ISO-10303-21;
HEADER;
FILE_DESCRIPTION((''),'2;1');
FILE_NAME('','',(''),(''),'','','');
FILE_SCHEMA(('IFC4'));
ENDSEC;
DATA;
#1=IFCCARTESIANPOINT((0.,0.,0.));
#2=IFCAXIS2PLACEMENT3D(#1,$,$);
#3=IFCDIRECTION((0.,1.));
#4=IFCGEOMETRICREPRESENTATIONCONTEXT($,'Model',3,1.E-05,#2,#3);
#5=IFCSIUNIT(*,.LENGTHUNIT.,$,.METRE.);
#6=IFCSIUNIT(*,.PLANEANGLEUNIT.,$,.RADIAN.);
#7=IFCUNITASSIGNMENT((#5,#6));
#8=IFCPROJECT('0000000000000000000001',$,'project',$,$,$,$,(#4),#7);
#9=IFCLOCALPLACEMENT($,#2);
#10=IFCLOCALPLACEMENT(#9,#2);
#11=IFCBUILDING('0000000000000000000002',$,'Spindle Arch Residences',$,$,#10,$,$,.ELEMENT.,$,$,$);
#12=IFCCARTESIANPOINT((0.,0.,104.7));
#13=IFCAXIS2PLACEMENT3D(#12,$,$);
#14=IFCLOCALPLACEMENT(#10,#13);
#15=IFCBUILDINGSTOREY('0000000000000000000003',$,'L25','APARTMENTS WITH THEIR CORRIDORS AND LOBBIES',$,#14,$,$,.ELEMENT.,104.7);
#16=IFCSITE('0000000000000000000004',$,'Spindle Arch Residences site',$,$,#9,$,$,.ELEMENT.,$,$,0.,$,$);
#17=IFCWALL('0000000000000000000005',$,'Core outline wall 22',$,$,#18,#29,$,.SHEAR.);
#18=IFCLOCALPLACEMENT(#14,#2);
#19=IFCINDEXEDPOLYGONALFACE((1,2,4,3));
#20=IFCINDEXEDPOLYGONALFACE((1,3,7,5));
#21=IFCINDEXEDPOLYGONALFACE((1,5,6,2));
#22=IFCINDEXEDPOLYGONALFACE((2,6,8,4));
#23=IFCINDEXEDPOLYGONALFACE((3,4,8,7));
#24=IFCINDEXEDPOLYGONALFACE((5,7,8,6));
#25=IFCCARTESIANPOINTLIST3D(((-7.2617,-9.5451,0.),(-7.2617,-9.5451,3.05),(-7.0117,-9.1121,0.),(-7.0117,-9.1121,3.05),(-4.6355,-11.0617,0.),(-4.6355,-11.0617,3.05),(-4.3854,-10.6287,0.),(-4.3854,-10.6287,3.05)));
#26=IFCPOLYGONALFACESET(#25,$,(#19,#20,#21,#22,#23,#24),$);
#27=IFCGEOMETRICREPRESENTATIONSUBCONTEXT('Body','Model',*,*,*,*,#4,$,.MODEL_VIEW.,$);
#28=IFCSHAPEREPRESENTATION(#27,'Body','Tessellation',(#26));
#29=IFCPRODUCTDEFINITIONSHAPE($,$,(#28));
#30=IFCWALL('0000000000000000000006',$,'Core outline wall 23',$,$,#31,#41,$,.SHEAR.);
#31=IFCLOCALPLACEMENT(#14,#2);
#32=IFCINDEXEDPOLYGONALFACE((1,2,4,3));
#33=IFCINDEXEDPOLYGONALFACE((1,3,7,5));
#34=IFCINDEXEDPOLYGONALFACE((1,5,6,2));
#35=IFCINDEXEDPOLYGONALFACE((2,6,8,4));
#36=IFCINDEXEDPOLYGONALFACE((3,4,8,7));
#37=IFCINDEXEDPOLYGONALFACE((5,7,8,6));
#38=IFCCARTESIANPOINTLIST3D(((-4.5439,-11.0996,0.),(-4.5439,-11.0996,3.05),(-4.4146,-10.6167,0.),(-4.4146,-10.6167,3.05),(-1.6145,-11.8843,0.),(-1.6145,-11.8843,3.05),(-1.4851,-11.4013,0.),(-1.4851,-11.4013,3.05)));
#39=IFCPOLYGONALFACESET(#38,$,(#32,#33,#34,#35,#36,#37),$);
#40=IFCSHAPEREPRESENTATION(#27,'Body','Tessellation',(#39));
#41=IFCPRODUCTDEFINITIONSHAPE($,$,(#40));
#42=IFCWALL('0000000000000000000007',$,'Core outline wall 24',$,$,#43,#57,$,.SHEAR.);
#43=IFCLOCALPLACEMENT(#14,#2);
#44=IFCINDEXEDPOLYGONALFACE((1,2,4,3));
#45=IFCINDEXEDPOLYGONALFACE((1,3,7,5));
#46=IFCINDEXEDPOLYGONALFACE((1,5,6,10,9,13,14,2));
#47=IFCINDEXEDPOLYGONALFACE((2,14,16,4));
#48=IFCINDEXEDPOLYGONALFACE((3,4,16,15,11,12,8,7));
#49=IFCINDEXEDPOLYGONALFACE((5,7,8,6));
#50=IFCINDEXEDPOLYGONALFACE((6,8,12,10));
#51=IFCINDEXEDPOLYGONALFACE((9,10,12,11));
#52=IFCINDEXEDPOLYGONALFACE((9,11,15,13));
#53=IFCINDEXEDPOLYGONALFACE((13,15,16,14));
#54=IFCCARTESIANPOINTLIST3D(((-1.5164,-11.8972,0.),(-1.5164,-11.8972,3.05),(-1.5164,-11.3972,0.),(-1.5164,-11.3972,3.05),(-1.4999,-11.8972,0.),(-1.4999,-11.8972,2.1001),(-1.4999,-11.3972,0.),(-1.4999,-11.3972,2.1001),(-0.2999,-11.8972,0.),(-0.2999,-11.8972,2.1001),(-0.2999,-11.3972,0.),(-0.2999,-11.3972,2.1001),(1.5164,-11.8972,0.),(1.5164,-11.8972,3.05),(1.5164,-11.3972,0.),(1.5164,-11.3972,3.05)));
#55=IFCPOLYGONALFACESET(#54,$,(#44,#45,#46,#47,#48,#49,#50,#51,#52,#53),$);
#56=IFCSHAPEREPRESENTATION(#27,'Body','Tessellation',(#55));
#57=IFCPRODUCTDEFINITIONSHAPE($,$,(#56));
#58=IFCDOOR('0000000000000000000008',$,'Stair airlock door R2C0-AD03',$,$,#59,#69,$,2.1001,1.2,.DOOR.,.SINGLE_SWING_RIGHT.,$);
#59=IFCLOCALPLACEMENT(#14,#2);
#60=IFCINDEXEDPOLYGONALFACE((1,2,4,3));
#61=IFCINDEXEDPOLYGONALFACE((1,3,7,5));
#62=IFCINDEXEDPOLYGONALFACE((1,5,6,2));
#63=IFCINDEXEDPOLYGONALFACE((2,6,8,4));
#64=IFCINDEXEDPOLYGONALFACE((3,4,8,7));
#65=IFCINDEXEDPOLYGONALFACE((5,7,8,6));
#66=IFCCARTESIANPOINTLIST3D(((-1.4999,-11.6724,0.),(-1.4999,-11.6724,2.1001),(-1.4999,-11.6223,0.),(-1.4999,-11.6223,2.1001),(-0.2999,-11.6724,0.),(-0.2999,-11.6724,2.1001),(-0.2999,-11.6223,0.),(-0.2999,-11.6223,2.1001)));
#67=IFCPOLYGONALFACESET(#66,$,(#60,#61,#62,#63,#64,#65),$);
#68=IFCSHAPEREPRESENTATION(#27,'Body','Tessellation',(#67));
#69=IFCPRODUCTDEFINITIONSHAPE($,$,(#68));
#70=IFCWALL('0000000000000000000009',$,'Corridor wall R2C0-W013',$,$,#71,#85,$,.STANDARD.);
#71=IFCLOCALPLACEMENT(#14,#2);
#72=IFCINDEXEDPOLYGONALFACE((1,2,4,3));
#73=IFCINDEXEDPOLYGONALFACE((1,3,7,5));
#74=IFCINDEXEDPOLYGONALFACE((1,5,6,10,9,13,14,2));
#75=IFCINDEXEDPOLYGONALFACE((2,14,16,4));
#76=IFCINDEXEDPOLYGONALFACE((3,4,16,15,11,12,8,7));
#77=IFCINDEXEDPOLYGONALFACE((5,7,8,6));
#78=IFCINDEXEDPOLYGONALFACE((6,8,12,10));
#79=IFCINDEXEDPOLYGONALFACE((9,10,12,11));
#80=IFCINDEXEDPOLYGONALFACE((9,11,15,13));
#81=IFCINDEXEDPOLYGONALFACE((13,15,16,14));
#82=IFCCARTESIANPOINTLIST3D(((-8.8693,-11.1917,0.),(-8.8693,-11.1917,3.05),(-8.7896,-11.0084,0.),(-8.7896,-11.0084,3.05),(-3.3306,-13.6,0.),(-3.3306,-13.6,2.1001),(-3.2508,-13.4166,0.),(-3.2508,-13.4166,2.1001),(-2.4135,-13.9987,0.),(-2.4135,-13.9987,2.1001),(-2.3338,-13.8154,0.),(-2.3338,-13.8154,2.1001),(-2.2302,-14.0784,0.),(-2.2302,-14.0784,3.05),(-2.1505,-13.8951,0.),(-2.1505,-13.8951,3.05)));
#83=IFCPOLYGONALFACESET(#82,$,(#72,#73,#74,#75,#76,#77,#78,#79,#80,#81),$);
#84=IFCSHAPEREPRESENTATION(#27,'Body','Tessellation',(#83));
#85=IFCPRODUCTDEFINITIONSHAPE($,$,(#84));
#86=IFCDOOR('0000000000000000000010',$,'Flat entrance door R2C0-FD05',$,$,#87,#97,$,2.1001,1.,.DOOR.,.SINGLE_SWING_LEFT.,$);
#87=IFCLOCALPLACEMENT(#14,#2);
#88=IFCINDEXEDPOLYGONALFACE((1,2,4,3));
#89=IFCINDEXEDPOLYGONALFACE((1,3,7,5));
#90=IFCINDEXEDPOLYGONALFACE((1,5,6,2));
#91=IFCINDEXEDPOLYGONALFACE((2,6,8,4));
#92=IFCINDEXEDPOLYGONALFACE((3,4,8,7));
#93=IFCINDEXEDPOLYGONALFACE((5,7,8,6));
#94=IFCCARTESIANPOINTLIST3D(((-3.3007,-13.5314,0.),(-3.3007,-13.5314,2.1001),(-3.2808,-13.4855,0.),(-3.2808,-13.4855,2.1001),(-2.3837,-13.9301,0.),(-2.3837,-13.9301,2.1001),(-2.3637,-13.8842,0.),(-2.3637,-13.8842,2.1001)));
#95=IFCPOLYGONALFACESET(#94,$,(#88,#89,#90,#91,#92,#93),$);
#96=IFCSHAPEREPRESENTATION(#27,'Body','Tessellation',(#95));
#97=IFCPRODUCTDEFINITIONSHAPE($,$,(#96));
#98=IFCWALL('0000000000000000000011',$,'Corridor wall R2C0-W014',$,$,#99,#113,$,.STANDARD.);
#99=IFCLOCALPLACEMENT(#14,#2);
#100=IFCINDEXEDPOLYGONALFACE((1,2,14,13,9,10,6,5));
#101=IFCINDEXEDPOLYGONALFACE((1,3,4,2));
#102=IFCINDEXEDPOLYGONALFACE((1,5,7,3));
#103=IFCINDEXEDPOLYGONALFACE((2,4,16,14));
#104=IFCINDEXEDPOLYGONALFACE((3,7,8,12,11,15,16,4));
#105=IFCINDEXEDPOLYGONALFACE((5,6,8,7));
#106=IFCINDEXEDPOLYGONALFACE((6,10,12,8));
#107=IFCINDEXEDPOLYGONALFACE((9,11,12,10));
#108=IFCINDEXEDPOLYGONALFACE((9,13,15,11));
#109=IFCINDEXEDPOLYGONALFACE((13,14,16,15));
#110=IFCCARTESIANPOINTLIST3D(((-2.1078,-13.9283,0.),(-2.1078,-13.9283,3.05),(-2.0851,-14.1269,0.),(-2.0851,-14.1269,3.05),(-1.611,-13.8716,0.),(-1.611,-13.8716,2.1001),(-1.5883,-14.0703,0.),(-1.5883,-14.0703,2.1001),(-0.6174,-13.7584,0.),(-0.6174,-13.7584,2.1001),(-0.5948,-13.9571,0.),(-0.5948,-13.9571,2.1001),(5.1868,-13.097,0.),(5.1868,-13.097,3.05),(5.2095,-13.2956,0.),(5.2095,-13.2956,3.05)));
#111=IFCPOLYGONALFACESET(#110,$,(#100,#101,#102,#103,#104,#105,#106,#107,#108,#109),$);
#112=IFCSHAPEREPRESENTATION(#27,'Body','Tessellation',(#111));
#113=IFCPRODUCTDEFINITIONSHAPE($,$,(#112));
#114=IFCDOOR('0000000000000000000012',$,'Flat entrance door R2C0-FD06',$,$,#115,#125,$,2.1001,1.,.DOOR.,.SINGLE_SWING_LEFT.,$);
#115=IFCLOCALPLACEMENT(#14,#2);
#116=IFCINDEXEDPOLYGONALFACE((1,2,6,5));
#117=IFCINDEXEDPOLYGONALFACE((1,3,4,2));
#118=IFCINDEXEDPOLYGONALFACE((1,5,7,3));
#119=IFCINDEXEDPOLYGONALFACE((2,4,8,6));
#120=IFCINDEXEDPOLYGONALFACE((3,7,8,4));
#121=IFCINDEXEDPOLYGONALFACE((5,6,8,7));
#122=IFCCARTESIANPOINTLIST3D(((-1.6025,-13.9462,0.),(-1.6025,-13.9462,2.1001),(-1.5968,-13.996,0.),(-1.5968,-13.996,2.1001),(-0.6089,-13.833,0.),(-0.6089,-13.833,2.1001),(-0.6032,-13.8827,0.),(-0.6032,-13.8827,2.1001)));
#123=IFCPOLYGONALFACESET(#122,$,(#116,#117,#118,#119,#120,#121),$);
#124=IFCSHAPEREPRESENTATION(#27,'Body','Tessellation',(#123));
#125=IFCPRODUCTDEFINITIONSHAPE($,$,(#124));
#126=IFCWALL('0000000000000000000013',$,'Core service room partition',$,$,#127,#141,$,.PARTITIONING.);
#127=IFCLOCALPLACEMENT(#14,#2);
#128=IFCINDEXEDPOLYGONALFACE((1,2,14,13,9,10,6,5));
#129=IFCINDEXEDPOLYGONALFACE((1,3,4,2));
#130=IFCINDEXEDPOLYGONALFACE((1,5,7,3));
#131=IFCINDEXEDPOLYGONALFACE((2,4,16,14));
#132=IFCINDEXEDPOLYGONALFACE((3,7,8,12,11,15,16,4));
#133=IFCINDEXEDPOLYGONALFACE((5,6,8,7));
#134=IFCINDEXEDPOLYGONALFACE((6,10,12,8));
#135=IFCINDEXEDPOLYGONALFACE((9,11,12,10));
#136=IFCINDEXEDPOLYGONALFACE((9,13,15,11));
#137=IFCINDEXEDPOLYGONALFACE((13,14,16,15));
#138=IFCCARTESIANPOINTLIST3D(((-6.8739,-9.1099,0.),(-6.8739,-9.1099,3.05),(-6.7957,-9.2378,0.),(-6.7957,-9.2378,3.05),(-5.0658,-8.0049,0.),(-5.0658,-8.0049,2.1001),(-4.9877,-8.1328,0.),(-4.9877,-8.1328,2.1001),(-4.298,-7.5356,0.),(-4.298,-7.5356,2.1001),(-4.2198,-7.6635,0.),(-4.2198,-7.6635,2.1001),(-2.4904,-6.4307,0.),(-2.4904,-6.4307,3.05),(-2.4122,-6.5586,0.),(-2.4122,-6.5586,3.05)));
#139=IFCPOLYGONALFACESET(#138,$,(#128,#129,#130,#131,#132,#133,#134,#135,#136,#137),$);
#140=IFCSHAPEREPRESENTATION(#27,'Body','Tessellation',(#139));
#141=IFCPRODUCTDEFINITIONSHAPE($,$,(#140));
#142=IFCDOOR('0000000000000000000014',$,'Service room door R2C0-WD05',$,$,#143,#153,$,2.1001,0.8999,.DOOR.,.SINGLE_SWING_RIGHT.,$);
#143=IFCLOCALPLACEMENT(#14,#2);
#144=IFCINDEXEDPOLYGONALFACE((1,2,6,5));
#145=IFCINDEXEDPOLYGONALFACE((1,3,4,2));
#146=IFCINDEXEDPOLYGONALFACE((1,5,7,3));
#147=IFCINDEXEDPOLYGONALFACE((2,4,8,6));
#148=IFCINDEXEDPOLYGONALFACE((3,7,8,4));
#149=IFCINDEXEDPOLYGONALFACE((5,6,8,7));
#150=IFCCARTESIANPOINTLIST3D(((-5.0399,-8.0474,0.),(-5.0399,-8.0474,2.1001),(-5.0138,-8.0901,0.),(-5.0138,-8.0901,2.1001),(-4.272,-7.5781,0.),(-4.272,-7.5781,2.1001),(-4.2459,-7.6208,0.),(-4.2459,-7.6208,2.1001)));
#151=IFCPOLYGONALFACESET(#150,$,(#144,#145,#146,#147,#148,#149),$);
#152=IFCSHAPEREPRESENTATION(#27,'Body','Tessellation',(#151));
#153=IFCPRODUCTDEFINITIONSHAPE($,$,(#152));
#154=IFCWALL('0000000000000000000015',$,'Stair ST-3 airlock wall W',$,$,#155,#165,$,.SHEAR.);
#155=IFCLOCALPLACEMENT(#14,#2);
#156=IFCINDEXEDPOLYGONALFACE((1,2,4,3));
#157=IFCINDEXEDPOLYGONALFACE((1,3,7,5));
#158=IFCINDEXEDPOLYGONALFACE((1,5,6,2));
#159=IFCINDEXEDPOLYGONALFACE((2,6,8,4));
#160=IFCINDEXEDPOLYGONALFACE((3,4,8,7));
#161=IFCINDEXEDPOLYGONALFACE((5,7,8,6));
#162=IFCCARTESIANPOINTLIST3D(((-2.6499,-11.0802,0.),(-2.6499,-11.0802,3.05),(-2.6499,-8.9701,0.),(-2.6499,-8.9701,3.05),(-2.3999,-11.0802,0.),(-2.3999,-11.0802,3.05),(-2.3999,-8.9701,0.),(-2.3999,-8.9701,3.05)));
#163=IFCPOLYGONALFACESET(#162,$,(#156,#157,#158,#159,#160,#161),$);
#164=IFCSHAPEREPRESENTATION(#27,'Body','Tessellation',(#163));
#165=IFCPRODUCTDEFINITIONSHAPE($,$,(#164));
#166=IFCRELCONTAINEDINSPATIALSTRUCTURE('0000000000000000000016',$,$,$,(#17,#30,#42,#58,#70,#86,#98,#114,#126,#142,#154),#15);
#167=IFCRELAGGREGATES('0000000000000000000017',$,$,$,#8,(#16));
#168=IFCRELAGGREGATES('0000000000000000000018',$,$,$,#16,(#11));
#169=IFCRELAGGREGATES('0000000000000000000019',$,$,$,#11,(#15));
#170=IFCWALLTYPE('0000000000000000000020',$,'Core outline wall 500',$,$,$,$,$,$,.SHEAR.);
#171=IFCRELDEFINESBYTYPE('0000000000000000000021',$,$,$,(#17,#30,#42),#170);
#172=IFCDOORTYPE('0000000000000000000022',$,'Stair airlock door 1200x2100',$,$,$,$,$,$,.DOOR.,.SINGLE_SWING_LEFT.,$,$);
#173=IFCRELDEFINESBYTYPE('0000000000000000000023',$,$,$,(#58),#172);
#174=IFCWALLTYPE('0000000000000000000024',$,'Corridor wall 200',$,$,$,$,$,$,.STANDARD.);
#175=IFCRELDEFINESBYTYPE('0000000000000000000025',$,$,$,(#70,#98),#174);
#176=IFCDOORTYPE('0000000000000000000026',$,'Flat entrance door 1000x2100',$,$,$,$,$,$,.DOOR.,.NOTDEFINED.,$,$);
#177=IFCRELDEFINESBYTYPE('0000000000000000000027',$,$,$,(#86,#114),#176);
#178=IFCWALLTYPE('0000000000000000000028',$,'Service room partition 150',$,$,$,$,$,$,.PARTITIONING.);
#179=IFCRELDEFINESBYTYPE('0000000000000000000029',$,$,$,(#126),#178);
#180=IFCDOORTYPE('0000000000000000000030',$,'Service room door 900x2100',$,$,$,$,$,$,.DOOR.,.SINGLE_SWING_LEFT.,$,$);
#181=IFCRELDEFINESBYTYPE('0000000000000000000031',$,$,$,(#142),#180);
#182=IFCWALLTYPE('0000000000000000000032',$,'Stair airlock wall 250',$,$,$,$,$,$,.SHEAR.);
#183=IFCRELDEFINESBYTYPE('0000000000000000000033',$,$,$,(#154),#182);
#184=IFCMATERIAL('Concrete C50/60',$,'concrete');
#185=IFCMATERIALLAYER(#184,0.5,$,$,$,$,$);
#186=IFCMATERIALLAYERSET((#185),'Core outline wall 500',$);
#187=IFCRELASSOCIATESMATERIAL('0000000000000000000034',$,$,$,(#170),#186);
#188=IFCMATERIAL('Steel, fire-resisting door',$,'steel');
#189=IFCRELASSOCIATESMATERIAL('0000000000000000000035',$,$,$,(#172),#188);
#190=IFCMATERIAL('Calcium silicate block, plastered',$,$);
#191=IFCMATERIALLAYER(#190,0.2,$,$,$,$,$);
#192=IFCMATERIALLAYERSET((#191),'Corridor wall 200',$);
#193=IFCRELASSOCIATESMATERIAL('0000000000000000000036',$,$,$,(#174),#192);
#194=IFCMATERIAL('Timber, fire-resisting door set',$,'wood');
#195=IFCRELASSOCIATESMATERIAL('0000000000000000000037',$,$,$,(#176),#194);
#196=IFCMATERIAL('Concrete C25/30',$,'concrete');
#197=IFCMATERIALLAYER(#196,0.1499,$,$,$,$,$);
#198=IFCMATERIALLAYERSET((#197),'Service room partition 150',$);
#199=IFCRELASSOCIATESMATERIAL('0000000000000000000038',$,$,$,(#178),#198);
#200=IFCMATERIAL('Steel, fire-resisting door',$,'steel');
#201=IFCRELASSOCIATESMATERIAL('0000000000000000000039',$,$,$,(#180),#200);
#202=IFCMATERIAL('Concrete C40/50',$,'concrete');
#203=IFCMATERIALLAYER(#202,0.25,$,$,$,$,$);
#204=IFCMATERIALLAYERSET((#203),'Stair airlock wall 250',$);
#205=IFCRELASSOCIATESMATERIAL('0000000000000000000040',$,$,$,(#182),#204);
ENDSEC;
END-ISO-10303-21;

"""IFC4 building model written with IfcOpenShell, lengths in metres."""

from ifc_helpers import new_model, si_unit, direction, frame, frame_2d, origin, place, context, subcontext, project, spatial, rectangle, extrude, material, layer, layer_set, type_object, element, fill, save


model = new_model("IFC4")

# Units and contexts
model_context = context("Model", 3, precision=1e-05, world=origin(), true_north=direction((0.0, 1.0)))
body_context = subcontext(model_context, "Body", "Model", "MODEL_VIEW")
ifc_project = project(units=[si_unit("LENGTHUNIT", "METRE"), si_unit("PLANEANGLEUNIT", "RADIAN")], contexts=[model_context])

# Site, building, storey
site_placement = place(None, origin())
site = spatial("IfcSite", under=ifc_project, at=site_placement, Name="Spindle Arch Residences site", CompositionType="ELEMENT", RefElevation=0.0)
building_placement = place(site_placement, origin())
building = spatial("IfcBuilding", under=site, at=building_placement, Name="Spindle Arch Residences", CompositionType="ELEMENT")
storey_placement = place(building_placement, frame((0.0, 0.0, 104.7)))
storey = spatial("IfcBuildingStorey", under=building, at=storey_placement, Name="L25", Description="APARTMENTS WITH THEIR CORRIDORS AND LOBBIES", CompositionType="ELEMENT", Elevation=104.7)

# Walls
ifc_material_1 = material(Name="Concrete C50/60", Category="concrete")
ifc_layer_1 = layer(ifc_material_1, 0.5)
ifc_layer_set_1 = layer_set([ifc_layer_1], Name="Core outline wall 500")
wall_type_1 = type_object("IfcWallType", Name="Core outline wall 500", PredefinedType="SHEAR", material=ifc_layer_set_1)
for number, where, z_axis, x_axis, name in (
    (1, (-7.1367, -9.3286, 0.0), (0.0, 0.0, 1.0), (0.865975, -0.500087, 0.0), "Core outline wall 22"),
    (2, (-4.4792, -10.8582, 0.0), (0.0, 0.0, 1.0), (0.965948, -0.258735, 0.0), "Core outline wall 23"),
):
    element("IfcWall", number, at=place(storey_placement, frame(where, z_axis=z_axis, x_axis=x_axis)), inside=storey, type_object=wall_type_1, Name=name, PredefinedType="SHEAR", context=body_context, shape_type="SweptSolid", body=[
        extrude(rectangle(XDim=3.0327, YDim=0.5, at=frame_2d((1.5164, 0.0))), origin(), (0.0, 0.0, 1.0), 3.05),
    ])

# Walls, openings, doors
wall_1_placement = place(storey_placement, frame((-1.5164, -11.6472, 0.0), z_axis=(0.0, 0.0, 1.0), x_axis=(1.0, 0.0, 0.0)))
wall_1 = element("IfcWall", 3, at=wall_1_placement, inside=storey, type_object=wall_type_1, Name="Core outline wall 24", PredefinedType="SHEAR", context=body_context, shape_type="SweptSolid", body=[
    extrude(rectangle(XDim=3.0327, YDim=0.5, at=frame_2d((1.5164, 0.0))), origin(), (0.0, 0.0, 1.0), 3.05),
])
opening_1_placement = place(wall_1_placement, frame((0.0164, 0.0, 0.0)))
opening_1 = element("IfcOpeningElement", 4, at=opening_1_placement, cuts=wall_1, PredefinedType="OPENING", context=body_context, shape_type="SweptSolid", body=[
    extrude(rectangle(XDim=1.2, YDim=2.1001, at=frame_2d((0.6001, 1.05))), frame((0.0, 0.26, 0.0), z_axis=(0.0, -1.0, 0.0), x_axis=(1.0, 0.0, 0.0)), (0.0, 0.0, 1.0), 0.52),
])
ifc_material_2 = material(Name="Steel, fire-resisting door", Category="steel")
door_type_1 = type_object("IfcDoorType", Name="Stair airlock door 1200x2100", OperationType="SINGLE_SWING_LEFT", PredefinedType="DOOR", material=ifc_material_2)
door_1_placement = place(opening_1_placement, origin())
door_1 = element("IfcDoor", 5, at=door_1_placement, inside=storey, type_object=door_type_1, Name="Stair airlock door R2C0-AD03", OperationType="SINGLE_SWING_RIGHT", OverallHeight=2.1001, OverallWidth=1.2, PredefinedType="DOOR", context=body_context, shape_type="SweptSolid", body=[
    extrude(rectangle(XDim=1.2, YDim=2.1001, at=frame_2d((0.6001, 1.05))), frame((0.0, 0.0249, 0.0), z_axis=(0.0, -1.0, 0.0), x_axis=(1.0, 0.0, 0.0)), (0.0, 0.0, 1.0), 0.05),
])
fill(opening_1, door_1)
ifc_material_3 = material(Name="Calcium silicate block, plastered")
ifc_layer_2 = layer(ifc_material_3, 0.2)
ifc_layer_set_2 = layer_set([ifc_layer_2], Name="Corridor wall 200")
wall_type_2 = type_object("IfcWallType", Name="Corridor wall 200", PredefinedType="STANDARD", material=ifc_layer_set_2)
wall_2_placement = place(storey_placement, frame((-8.8293, -11.1001, 0.0), z_axis=(0.0, 0.0, 1.0), x_axis=(0.917064, -0.398741, 0.0)))
wall_2 = element("IfcWall", 6, at=wall_2_placement, inside=storey, type_object=wall_type_2, Name="Corridor wall R2C0-W013", PredefinedType="STANDARD", context=body_context, shape_type="SweptSolid", body=[
    extrude(rectangle(XDim=7.2395, YDim=0.2, at=frame_2d((3.6196, 0.0))), origin(), (0.0, 0.0, 1.0), 3.05),
])
opening_2_placement = place(wall_2_placement, frame((6.0396, 0.0, 0.0)))
opening_2 = element("IfcOpeningElement", 7, at=opening_2_placement, cuts=wall_2, PredefinedType="OPENING", context=body_context, shape_type="SweptSolid", body=[
    extrude(rectangle(XDim=1.0, YDim=2.1001, at=frame_2d((0.5, 1.05))), frame((0.0, 0.1099, 0.0), z_axis=(0.0, -1.0, 0.0), x_axis=(1.0, 0.0, 0.0)), (0.0, 0.0, 1.0), 0.22),
])
ifc_material_4 = material(Name="Timber, fire-resisting door set", Category="wood")
door_type_2 = type_object("IfcDoorType", Name="Flat entrance door 1000x2100", OperationType="NOTDEFINED", PredefinedType="DOOR", material=ifc_material_4)
door_2_placement = place(opening_2_placement, origin())
door_2 = element("IfcDoor", 8, at=door_2_placement, inside=storey, type_object=door_type_2, Name="Flat entrance door R2C0-FD05", OperationType="SINGLE_SWING_LEFT", OverallHeight=2.1001, OverallWidth=1.0, PredefinedType="DOOR", context=body_context, shape_type="SweptSolid", body=[
    extrude(rectangle(XDim=1.0, YDim=2.1001, at=frame_2d((0.5, 1.05))), frame((0.0, 0.0249, 0.0), z_axis=(0.0, -1.0, 0.0), x_axis=(1.0, 0.0, 0.0)), (0.0, 0.0, 1.0), 0.05),
])
fill(opening_2, door_2)
wall_3_placement = place(storey_placement, frame((-2.0964, -14.0276, 0.0), z_axis=(0.0, 0.0, 1.0), x_axis=(0.993569, 0.113227, 0.0)))
wall_3 = element("IfcWall", 9, at=wall_3_placement, inside=storey, type_object=wall_type_2, Name="Corridor wall R2C0-W014", PredefinedType="STANDARD", context=body_context, shape_type="SweptSolid", body=[
    extrude(rectangle(XDim=7.3418, YDim=0.2, at=frame_2d((3.6709, 0.0))), origin(), (0.0, 0.0, 1.0), 3.05),
])
opening_3_placement = place(wall_3_placement, frame((0.5, 0.0, 0.0)))
opening_3 = element("IfcOpeningElement", 10, at=opening_3_placement, cuts=wall_3, PredefinedType="OPENING", context=body_context, shape_type="SweptSolid", body=[
    extrude(rectangle(XDim=1.0, YDim=2.1001, at=frame_2d((0.5, 1.05))), frame((0.0, 0.1099, 0.0), z_axis=(0.0, -1.0, 0.0), x_axis=(1.0, 0.0, 0.0)), (0.0, 0.0, 1.0), 0.22),
])
door_3_placement = place(opening_3_placement, origin())
door_3 = element("IfcDoor", 11, at=door_3_placement, inside=storey, type_object=door_type_2, Name="Flat entrance door R2C0-FD06", OperationType="SINGLE_SWING_LEFT", OverallHeight=2.1001, OverallWidth=1.0, PredefinedType="DOOR", context=body_context, shape_type="SweptSolid", body=[
    extrude(rectangle(XDim=1.0, YDim=2.1001, at=frame_2d((0.5, 1.05))), frame((0.0, 0.0249, 0.0), z_axis=(0.0, -1.0, 0.0), x_axis=(1.0, 0.0, 0.0)), (0.0, 0.0, 1.0), 0.05),
])
fill(opening_3, door_3)
ifc_material_5 = material(Name="Concrete C25/30", Category="concrete")
ifc_layer_3 = layer(ifc_material_5, 0.1499)
ifc_layer_set_3 = layer_set([ifc_layer_3], Name="Service room partition 150")
wall_type_3 = type_object("IfcWallType", Name="Service room partition 150", PredefinedType="PARTITIONING", material=ifc_layer_set_3)
wall_4_placement = place(storey_placement, frame((-2.4512, -6.4946, 0.0), z_axis=(0.0, 0.0, 1.0), x_axis=(-0.85325, -0.521502, 0.0)))
wall_4 = element("IfcWall", 12, at=wall_4_placement, inside=storey, type_object=wall_type_3, Name="Core service room partition", PredefinedType="PARTITIONING", context=body_context, shape_type="SweptSolid", body=[
    extrude(rectangle(XDim=5.1375, YDim=0.1499, at=frame_2d((2.5688, 0.0))), origin(), (0.0, 0.0, 1.0), 3.05),
])
opening_4_placement = place(wall_4_placement, frame((2.1187, 0.0, 0.0)))
opening_4 = element("IfcOpeningElement", 13, at=opening_4_placement, cuts=wall_4, PredefinedType="OPENING", context=body_context, shape_type="SweptSolid", body=[
    extrude(rectangle(XDim=0.8999, YDim=2.1001, at=frame_2d((0.45, 1.05))), frame((0.0, 0.085, 0.0), z_axis=(0.0, -1.0, 0.0), x_axis=(1.0, 0.0, 0.0)), (0.0, 0.0, 1.0), 0.1699),
])
ifc_material_6 = material(Name="Steel, fire-resisting door", Category="steel")
door_type_3 = type_object("IfcDoorType", Name="Service room door 900x2100", OperationType="SINGLE_SWING_LEFT", PredefinedType="DOOR", material=ifc_material_6)
door_4_placement = place(opening_4_placement, origin())
door_4 = element("IfcDoor", 14, at=door_4_placement, inside=storey, type_object=door_type_3, Name="Service room door R2C0-WD05", OperationType="SINGLE_SWING_RIGHT", OverallHeight=2.1001, OverallWidth=0.8999, PredefinedType="DOOR", context=body_context, shape_type="SweptSolid", body=[
    extrude(rectangle(XDim=0.8999, YDim=2.1001, at=frame_2d((0.45, 1.05))), frame((0.0, 0.0249, 0.0), z_axis=(0.0, -1.0, 0.0), x_axis=(1.0, 0.0, 0.0)), (0.0, 0.0, 1.0), 0.05),
])
fill(opening_4, door_4)

# Wall
ifc_material_7 = material(Name="Concrete C40/50", Category="concrete")
ifc_layer_4 = layer(ifc_material_7, 0.25)
ifc_layer_set_4 = layer_set([ifc_layer_4], Name="Stair airlock wall 250")
wall_type_4 = type_object("IfcWallType", Name="Stair airlock wall 250", PredefinedType="SHEAR", material=ifc_layer_set_4)
wall_5_placement = place(storey_placement, frame((-2.5249, -8.97, 0.0), z_axis=(0.0, 0.0, 1.0), x_axis=(0.0, -1.0, 0.0)))
element("IfcWall", 15, at=wall_5_placement, inside=storey, type_object=wall_type_4, Name="Stair ST-3 airlock wall W", PredefinedType="SHEAR", context=body_context, shape_type="SweptSolid", body=[
    extrude(rectangle(XDim=2.1101, YDim=0.25, at=frame_2d((1.0552, 0.0))), origin(), (0.0, 0.0, 1.0), 3.05),
])

save(model, "model.ifc")
